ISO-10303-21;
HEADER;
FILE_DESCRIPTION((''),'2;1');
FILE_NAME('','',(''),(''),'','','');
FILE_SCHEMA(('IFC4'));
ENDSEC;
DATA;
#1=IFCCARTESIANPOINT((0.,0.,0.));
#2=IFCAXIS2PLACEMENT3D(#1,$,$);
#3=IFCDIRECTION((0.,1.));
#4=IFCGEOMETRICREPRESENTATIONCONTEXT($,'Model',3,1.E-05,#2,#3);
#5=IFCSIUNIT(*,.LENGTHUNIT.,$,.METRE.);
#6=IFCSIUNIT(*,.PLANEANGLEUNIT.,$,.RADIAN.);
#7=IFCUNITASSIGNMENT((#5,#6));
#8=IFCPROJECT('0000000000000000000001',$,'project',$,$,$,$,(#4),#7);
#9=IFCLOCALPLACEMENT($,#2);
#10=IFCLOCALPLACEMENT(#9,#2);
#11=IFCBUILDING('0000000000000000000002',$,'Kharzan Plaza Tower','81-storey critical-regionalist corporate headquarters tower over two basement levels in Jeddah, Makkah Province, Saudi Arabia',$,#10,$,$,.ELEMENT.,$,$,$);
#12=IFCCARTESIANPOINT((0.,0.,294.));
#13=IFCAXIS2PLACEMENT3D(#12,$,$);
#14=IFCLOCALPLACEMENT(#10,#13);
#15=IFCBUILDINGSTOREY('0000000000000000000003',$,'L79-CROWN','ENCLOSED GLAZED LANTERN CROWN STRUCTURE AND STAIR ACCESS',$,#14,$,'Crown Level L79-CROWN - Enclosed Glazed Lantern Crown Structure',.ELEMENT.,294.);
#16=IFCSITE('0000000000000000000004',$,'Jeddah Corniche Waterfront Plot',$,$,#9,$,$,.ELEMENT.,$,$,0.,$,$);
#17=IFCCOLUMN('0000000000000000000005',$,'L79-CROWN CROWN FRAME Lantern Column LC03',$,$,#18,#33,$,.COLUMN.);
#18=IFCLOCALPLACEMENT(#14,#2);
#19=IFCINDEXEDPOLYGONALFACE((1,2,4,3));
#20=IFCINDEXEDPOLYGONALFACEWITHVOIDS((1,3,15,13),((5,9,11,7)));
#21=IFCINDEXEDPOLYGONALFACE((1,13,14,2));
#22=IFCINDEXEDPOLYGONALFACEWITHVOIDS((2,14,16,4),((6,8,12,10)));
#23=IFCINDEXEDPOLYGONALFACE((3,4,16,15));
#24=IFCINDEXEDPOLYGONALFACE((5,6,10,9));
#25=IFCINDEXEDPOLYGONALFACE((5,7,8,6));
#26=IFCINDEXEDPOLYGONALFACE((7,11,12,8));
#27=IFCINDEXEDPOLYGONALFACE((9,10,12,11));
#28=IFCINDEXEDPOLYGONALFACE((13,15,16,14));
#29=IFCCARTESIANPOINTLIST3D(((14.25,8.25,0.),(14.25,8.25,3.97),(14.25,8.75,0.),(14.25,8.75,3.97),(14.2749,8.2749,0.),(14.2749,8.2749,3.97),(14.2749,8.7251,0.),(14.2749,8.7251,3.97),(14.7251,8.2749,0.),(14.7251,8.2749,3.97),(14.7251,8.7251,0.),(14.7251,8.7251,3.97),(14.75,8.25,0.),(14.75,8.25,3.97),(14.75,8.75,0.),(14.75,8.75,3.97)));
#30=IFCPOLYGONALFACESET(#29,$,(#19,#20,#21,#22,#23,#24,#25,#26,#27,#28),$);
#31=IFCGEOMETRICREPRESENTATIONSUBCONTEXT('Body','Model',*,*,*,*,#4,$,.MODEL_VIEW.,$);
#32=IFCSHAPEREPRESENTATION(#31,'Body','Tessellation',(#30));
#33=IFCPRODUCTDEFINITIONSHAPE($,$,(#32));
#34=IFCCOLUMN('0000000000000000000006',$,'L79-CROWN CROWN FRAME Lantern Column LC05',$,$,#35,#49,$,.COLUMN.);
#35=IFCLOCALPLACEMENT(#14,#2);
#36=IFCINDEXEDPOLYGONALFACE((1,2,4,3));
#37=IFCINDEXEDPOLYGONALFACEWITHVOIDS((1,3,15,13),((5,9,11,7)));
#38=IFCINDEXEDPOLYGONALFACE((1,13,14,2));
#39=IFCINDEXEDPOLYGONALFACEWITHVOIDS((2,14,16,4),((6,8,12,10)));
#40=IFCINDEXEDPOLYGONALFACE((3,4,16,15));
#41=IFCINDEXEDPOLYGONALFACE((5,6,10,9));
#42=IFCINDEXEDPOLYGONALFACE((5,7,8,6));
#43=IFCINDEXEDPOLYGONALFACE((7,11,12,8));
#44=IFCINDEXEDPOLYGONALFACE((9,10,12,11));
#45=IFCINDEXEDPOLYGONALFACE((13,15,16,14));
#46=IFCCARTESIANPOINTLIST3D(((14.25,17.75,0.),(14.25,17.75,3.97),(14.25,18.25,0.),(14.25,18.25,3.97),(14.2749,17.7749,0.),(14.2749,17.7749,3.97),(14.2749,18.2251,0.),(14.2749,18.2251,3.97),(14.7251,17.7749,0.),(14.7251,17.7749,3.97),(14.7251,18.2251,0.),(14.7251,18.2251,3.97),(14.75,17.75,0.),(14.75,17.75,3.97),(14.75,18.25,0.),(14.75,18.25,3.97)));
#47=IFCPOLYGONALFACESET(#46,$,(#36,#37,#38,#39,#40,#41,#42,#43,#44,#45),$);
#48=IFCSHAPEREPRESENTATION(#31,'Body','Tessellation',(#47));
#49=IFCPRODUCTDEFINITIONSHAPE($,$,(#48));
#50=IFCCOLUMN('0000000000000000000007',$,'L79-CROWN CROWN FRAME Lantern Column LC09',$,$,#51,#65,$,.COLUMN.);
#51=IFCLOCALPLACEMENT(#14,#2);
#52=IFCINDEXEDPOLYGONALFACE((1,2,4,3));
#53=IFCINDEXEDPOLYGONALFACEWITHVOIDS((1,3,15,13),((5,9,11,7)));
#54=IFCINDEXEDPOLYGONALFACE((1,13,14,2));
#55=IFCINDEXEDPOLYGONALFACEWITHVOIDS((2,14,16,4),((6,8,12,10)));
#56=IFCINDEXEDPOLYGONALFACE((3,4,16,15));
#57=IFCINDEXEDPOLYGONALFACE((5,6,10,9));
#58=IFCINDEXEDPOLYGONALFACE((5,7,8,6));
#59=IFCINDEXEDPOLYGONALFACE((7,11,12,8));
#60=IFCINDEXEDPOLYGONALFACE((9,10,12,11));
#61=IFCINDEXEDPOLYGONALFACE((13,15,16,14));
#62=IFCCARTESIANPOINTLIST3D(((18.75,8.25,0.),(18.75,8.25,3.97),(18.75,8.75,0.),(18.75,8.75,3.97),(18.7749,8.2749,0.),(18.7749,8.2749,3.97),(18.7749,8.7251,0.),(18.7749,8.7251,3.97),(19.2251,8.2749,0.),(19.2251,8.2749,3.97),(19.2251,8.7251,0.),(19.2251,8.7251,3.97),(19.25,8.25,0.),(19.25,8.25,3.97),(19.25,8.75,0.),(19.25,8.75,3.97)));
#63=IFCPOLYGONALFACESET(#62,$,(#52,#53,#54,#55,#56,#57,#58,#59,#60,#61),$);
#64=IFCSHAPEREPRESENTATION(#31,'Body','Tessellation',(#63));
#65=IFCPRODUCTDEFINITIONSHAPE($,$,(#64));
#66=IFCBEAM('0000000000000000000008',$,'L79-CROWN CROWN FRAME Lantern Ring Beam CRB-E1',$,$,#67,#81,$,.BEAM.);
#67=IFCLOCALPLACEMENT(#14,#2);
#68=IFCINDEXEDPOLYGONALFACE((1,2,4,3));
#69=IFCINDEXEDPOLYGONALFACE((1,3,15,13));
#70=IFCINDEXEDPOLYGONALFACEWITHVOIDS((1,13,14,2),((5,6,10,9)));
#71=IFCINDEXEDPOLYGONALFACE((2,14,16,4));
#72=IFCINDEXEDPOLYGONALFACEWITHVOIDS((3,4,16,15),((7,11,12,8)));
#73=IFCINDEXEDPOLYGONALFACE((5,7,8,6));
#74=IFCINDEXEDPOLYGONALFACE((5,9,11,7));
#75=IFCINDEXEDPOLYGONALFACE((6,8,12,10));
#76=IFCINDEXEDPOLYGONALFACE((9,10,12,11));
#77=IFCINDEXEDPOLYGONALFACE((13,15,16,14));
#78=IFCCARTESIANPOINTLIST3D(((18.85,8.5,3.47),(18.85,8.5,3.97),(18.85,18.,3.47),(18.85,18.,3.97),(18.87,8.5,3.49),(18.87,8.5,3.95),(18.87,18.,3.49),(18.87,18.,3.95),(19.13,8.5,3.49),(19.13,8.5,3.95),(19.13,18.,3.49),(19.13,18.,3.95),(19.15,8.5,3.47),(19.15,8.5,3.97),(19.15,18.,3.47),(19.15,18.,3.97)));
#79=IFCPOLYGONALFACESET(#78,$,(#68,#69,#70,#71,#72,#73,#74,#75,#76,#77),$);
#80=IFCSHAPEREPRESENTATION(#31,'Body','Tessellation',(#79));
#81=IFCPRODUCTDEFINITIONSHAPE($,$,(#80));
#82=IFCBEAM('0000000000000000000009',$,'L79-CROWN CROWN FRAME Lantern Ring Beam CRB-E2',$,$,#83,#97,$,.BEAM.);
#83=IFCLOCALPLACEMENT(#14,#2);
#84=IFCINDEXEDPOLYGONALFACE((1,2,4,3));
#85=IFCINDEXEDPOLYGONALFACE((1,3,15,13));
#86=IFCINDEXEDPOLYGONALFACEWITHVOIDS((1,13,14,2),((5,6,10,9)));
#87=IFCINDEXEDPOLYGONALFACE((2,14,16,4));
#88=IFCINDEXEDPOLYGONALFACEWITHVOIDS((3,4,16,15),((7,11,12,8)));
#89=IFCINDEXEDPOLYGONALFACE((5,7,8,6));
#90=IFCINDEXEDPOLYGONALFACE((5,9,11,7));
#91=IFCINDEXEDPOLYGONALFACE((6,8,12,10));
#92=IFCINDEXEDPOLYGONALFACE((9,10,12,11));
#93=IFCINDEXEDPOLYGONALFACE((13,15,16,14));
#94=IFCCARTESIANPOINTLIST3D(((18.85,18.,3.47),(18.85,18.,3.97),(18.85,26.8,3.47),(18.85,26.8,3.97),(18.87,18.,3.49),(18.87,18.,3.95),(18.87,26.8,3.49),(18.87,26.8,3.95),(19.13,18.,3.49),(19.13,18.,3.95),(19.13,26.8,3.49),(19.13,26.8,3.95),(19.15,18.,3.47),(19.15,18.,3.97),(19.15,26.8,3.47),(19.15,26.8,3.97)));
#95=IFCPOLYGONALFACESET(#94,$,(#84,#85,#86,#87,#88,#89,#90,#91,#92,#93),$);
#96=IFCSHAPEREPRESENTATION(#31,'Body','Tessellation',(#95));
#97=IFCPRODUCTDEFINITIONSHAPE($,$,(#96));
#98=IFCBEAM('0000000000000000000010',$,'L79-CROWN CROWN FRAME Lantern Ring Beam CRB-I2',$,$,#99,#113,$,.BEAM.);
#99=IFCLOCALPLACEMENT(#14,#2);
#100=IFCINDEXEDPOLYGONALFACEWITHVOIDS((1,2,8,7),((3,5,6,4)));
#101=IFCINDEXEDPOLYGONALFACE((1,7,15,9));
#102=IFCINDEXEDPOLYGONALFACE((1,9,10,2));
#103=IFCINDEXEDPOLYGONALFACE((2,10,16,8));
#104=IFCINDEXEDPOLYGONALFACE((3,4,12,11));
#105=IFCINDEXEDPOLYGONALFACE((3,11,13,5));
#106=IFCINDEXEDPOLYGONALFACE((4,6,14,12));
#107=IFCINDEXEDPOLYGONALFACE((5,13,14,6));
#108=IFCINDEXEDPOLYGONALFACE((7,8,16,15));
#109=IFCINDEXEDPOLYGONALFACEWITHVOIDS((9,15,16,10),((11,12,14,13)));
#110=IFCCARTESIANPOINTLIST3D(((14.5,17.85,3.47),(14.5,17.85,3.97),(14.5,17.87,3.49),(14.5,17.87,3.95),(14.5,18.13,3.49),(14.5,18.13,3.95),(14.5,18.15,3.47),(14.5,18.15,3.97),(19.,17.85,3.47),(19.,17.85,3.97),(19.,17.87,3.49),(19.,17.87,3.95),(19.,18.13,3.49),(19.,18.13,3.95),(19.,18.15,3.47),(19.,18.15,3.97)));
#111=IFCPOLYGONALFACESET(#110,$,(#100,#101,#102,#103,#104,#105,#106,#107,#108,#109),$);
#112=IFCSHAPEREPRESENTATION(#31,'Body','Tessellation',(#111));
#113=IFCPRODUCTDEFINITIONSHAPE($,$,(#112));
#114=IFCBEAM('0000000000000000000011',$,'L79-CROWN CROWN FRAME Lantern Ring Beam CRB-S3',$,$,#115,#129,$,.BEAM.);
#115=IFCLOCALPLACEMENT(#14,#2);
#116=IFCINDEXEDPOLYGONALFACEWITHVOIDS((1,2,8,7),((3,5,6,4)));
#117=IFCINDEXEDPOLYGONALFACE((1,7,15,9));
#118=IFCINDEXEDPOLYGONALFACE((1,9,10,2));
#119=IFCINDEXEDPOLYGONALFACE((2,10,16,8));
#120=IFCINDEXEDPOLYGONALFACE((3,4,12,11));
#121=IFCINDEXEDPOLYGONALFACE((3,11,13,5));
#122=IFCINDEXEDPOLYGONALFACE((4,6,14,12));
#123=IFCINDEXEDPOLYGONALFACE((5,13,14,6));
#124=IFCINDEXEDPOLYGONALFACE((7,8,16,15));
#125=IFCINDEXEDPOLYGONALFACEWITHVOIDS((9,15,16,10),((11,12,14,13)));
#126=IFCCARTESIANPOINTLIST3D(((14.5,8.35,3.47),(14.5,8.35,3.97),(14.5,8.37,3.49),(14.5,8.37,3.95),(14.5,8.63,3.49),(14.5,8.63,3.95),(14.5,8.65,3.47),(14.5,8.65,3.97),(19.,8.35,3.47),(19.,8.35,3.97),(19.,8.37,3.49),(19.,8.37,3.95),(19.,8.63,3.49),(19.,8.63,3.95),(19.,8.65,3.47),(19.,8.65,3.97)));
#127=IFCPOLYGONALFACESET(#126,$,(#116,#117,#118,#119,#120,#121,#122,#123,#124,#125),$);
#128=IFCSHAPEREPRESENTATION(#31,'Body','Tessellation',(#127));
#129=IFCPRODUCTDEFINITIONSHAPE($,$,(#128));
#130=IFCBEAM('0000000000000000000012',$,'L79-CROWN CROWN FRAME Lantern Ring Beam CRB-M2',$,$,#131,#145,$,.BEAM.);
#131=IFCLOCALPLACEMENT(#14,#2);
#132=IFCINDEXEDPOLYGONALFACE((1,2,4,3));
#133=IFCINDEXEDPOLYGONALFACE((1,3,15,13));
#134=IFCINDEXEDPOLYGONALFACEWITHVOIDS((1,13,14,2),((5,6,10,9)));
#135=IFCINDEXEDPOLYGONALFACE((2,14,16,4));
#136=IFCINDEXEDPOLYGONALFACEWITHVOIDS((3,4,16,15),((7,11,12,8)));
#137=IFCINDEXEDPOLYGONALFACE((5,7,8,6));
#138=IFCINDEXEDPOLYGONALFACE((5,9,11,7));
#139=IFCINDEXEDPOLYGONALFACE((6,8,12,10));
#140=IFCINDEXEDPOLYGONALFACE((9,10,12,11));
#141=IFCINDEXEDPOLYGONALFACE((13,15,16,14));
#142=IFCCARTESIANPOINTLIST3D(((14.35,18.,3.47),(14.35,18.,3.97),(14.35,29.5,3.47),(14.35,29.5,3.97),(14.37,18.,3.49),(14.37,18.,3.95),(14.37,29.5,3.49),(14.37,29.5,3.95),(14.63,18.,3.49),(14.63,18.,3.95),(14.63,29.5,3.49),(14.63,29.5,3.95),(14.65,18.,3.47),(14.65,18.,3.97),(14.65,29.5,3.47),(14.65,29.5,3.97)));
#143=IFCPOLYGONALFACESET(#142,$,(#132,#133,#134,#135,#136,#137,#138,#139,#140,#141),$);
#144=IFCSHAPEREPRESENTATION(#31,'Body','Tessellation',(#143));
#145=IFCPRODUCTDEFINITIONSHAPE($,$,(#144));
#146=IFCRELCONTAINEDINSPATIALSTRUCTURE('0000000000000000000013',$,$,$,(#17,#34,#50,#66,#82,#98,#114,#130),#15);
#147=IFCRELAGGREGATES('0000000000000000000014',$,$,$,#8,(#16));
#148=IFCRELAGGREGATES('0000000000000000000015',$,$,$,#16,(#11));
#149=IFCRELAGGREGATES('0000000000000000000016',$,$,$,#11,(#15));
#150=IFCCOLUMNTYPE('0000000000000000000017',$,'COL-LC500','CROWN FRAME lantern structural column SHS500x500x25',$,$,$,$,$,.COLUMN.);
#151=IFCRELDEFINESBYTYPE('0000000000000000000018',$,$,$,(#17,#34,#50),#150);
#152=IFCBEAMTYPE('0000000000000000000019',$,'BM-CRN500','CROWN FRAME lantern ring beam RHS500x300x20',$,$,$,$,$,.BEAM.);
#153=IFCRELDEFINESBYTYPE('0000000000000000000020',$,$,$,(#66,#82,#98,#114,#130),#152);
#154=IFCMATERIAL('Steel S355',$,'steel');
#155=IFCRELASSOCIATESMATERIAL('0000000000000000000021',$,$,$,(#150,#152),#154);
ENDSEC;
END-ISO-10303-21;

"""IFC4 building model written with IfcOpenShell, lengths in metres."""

from ifc_helpers import new_model, si_unit, direction, frame, origin, origin_2d, place, context, subcontext, project, spatial, hollow_rectangle, extrude, source, transform, mapped, material, material_profile, profile_set, type_object, element, save


model = new_model("IFC4")

# Units and contexts
model_context = context("Model", 3, precision=1e-05, world=origin(), true_north=direction((0.0, 1.0)))
body_context = subcontext(model_context, "Body", "Model", "MODEL_VIEW")
ifc_project = project(units=[si_unit("LENGTHUNIT", "METRE"), si_unit("PLANEANGLEUNIT", "RADIAN")], contexts=[model_context])

# Site, building, storey
site_placement = place(None, origin())
site = spatial("IfcSite", under=ifc_project, at=site_placement, Name="Jeddah Corniche Waterfront Plot", CompositionType="ELEMENT", RefElevation=0.0)
building_placement = place(site_placement, origin())
building = spatial("IfcBuilding", under=site, at=building_placement, Name="Kharzan Plaza Tower", Description="81-storey critical-regionalist corporate headquarters tower over two basement levels in Jeddah, Makkah Province, Saudi Arabia", CompositionType="ELEMENT")
storey_placement = place(building_placement, frame((0.0, 0.0, 294.0)))
storey = spatial("IfcBuildingStorey", under=building, at=storey_placement, Name="L79-CROWN", Description="ENCLOSED GLAZED LANTERN CROWN STRUCTURE AND STAIR ACCESS", LongName="Crown Level L79-CROWN - Enclosed Glazed Lantern Crown Structure", CompositionType="ELEMENT", Elevation=294.0)

# Columns
ifc_material_1 = material(Name="Steel S355", Category="steel")
ifc_material_profile_1 = material_profile(ifc_material_1, hollow_rectangle(XDim=0.5, YDim=0.5, WallThickness=0.0249, at=origin_2d()), Name="SHS500x500x25")
ifc_profile_set_1 = profile_set([ifc_material_profile_1], Name="Steel S355")
column_type = type_object("IfcColumnType", Name="COL-LC500", Description="CROWN FRAME lantern structural column SHS500x500x25", PredefinedType="COLUMN", material=ifc_profile_set_1)
shared_shape_1 = source(origin(), body_context, "Body", "SweptSolid", [
    extrude(hollow_rectangle(XDim=0.5, YDim=0.5, WallThickness=0.0249, at=origin_2d()), origin(), (0.0, 0.0, 1.0), 3.97),
])
for number, where, z_axis, x_axis, name in (
    (1, (14.5, 8.5, 0.0), (0.0, 0.0, 1.0), (1.0, 0.0, 0.0), "L79-CROWN CROWN FRAME Lantern Column LC03"),
    (2, (14.5, 18.0, 0.0), (0.0, 0.0, 1.0), (1.0, 0.0, 0.0), "L79-CROWN CROWN FRAME Lantern Column LC05"),
    (3, (19.0, 8.5, 0.0), (0.0, 0.0, 1.0), (1.0, 0.0, 0.0), "L79-CROWN CROWN FRAME Lantern Column LC09"),
):
    element("IfcColumn", number, at=place(storey_placement, frame(where, z_axis=z_axis, x_axis=x_axis)), inside=storey, type_object=column_type, Name=name, PredefinedType="COLUMN", context=body_context, shape_type="MappedRepresentation", body=[
        mapped(shared_shape_1, transform((0.0, 0.0, 0.0), x_axis=(1.0, 0.0, 0.0), y_axis=(0.0, 1.0, 0.0), z_axis=(0.0, 0.0, 1.0))),
    ])

# Beams
ifc_material_profile_2 = material_profile(ifc_material_1, hollow_rectangle(XDim=0.3, YDim=0.5, WallThickness=0.02, at=origin_2d()), Name="RHS500x300x20")
ifc_profile_set_2 = profile_set([ifc_material_profile_2], Name="Steel S355")
beam_type = type_object("IfcBeamType", Name="BM-CRN500", Description="CROWN FRAME lantern ring beam RHS500x300x20", PredefinedType="BEAM", material=ifc_profile_set_2)
shared_shape_2 = source(origin(), body_context, "Body", "SweptSolid", [
    extrude(hollow_rectangle(XDim=0.3, YDim=0.5, WallThickness=0.02, at=origin_2d()), origin(), (0.0, 0.0, 1.0), 9.5),
])
beam_1_placement = place(storey_placement, frame((19.0, 8.5, 3.72), z_axis=(0.0, 1.0, 0.0), x_axis=(-1.0, 0.0, 0.0)))
element("IfcBeam", 4, at=beam_1_placement, inside=storey, type_object=beam_type, Name="L79-CROWN CROWN FRAME Lantern Ring Beam CRB-E1", PredefinedType="BEAM", context=body_context, shape_type="MappedRepresentation", body=[
    mapped(shared_shape_2, transform((0.0, 0.0, 0.0), x_axis=(1.0, 0.0, 0.0), y_axis=(0.0, 1.0, 0.0), z_axis=(0.0, 0.0, 1.0))),
])
shared_shape_3 = source(origin(), body_context, "Body", "SweptSolid", [
    extrude(hollow_rectangle(XDim=0.3, YDim=0.5, WallThickness=0.02, at=origin_2d()), origin(), (0.0, 0.0, 1.0), 8.8),
])
beam_2_placement = place(storey_placement, frame((19.0, 18.0, 3.72), z_axis=(0.0, 1.0, 0.0), x_axis=(-1.0, 0.0, 0.0)))
element("IfcBeam", 5, at=beam_2_placement, inside=storey, type_object=beam_type, Name="L79-CROWN CROWN FRAME Lantern Ring Beam CRB-E2", PredefinedType="BEAM", context=body_context, shape_type="MappedRepresentation", body=[
    mapped(shared_shape_3, transform((0.0, 0.0, 0.0), x_axis=(1.0, 0.0, 0.0), y_axis=(0.0, 1.0, 0.0), z_axis=(0.0, 0.0, 1.0))),
])
shared_shape_4 = source(origin(), body_context, "Body", "SweptSolid", [
    extrude(hollow_rectangle(XDim=0.3, YDim=0.5, WallThickness=0.02, at=origin_2d()), origin(), (0.0, 0.0, 1.0), 4.5),
])
for number, where, z_axis, x_axis, name in (
    (6, (14.5, 18.0, 3.72), (1.0, 0.0, 0.0), (0.0, 1.0, 0.0), "L79-CROWN CROWN FRAME Lantern Ring Beam CRB-I2"),
    (7, (14.5, 8.5, 3.72), (1.0, 0.0, 0.0), (0.0, 1.0, 0.0), "L79-CROWN CROWN FRAME Lantern Ring Beam CRB-S3"),
):
    element("IfcBeam", number, at=place(storey_placement, frame(where, z_axis=z_axis, x_axis=x_axis)), inside=storey, type_object=beam_type, Name=name, PredefinedType="BEAM", context=body_context, shape_type="MappedRepresentation", body=[
        mapped(shared_shape_4, transform((0.0, 0.0, 0.0), x_axis=(1.0, 0.0, 0.0), y_axis=(0.0, 1.0, 0.0), z_axis=(0.0, 0.0, 1.0))),
    ])
shared_shape_5 = source(origin(), body_context, "Body", "SweptSolid", [
    extrude(hollow_rectangle(XDim=0.3, YDim=0.5, WallThickness=0.02, at=origin_2d()), origin(), (0.0, 0.0, 1.0), 11.5),
])
beam_3_placement = place(storey_placement, frame((14.5, 18.0, 3.72), z_axis=(0.0, 1.0, 0.0), x_axis=(-1.0, 0.0, 0.0)))
element("IfcBeam", 8, at=beam_3_placement, inside=storey, type_object=beam_type, Name="L79-CROWN CROWN FRAME Lantern Ring Beam CRB-M2", PredefinedType="BEAM", context=body_context, shape_type="MappedRepresentation", body=[
    mapped(shared_shape_5, transform((0.0, 0.0, 0.0), x_axis=(1.0, 0.0, 0.0), y_axis=(0.0, 1.0, 0.0), z_axis=(0.0, 0.0, 1.0))),
])

save(model, "model.ifc")
